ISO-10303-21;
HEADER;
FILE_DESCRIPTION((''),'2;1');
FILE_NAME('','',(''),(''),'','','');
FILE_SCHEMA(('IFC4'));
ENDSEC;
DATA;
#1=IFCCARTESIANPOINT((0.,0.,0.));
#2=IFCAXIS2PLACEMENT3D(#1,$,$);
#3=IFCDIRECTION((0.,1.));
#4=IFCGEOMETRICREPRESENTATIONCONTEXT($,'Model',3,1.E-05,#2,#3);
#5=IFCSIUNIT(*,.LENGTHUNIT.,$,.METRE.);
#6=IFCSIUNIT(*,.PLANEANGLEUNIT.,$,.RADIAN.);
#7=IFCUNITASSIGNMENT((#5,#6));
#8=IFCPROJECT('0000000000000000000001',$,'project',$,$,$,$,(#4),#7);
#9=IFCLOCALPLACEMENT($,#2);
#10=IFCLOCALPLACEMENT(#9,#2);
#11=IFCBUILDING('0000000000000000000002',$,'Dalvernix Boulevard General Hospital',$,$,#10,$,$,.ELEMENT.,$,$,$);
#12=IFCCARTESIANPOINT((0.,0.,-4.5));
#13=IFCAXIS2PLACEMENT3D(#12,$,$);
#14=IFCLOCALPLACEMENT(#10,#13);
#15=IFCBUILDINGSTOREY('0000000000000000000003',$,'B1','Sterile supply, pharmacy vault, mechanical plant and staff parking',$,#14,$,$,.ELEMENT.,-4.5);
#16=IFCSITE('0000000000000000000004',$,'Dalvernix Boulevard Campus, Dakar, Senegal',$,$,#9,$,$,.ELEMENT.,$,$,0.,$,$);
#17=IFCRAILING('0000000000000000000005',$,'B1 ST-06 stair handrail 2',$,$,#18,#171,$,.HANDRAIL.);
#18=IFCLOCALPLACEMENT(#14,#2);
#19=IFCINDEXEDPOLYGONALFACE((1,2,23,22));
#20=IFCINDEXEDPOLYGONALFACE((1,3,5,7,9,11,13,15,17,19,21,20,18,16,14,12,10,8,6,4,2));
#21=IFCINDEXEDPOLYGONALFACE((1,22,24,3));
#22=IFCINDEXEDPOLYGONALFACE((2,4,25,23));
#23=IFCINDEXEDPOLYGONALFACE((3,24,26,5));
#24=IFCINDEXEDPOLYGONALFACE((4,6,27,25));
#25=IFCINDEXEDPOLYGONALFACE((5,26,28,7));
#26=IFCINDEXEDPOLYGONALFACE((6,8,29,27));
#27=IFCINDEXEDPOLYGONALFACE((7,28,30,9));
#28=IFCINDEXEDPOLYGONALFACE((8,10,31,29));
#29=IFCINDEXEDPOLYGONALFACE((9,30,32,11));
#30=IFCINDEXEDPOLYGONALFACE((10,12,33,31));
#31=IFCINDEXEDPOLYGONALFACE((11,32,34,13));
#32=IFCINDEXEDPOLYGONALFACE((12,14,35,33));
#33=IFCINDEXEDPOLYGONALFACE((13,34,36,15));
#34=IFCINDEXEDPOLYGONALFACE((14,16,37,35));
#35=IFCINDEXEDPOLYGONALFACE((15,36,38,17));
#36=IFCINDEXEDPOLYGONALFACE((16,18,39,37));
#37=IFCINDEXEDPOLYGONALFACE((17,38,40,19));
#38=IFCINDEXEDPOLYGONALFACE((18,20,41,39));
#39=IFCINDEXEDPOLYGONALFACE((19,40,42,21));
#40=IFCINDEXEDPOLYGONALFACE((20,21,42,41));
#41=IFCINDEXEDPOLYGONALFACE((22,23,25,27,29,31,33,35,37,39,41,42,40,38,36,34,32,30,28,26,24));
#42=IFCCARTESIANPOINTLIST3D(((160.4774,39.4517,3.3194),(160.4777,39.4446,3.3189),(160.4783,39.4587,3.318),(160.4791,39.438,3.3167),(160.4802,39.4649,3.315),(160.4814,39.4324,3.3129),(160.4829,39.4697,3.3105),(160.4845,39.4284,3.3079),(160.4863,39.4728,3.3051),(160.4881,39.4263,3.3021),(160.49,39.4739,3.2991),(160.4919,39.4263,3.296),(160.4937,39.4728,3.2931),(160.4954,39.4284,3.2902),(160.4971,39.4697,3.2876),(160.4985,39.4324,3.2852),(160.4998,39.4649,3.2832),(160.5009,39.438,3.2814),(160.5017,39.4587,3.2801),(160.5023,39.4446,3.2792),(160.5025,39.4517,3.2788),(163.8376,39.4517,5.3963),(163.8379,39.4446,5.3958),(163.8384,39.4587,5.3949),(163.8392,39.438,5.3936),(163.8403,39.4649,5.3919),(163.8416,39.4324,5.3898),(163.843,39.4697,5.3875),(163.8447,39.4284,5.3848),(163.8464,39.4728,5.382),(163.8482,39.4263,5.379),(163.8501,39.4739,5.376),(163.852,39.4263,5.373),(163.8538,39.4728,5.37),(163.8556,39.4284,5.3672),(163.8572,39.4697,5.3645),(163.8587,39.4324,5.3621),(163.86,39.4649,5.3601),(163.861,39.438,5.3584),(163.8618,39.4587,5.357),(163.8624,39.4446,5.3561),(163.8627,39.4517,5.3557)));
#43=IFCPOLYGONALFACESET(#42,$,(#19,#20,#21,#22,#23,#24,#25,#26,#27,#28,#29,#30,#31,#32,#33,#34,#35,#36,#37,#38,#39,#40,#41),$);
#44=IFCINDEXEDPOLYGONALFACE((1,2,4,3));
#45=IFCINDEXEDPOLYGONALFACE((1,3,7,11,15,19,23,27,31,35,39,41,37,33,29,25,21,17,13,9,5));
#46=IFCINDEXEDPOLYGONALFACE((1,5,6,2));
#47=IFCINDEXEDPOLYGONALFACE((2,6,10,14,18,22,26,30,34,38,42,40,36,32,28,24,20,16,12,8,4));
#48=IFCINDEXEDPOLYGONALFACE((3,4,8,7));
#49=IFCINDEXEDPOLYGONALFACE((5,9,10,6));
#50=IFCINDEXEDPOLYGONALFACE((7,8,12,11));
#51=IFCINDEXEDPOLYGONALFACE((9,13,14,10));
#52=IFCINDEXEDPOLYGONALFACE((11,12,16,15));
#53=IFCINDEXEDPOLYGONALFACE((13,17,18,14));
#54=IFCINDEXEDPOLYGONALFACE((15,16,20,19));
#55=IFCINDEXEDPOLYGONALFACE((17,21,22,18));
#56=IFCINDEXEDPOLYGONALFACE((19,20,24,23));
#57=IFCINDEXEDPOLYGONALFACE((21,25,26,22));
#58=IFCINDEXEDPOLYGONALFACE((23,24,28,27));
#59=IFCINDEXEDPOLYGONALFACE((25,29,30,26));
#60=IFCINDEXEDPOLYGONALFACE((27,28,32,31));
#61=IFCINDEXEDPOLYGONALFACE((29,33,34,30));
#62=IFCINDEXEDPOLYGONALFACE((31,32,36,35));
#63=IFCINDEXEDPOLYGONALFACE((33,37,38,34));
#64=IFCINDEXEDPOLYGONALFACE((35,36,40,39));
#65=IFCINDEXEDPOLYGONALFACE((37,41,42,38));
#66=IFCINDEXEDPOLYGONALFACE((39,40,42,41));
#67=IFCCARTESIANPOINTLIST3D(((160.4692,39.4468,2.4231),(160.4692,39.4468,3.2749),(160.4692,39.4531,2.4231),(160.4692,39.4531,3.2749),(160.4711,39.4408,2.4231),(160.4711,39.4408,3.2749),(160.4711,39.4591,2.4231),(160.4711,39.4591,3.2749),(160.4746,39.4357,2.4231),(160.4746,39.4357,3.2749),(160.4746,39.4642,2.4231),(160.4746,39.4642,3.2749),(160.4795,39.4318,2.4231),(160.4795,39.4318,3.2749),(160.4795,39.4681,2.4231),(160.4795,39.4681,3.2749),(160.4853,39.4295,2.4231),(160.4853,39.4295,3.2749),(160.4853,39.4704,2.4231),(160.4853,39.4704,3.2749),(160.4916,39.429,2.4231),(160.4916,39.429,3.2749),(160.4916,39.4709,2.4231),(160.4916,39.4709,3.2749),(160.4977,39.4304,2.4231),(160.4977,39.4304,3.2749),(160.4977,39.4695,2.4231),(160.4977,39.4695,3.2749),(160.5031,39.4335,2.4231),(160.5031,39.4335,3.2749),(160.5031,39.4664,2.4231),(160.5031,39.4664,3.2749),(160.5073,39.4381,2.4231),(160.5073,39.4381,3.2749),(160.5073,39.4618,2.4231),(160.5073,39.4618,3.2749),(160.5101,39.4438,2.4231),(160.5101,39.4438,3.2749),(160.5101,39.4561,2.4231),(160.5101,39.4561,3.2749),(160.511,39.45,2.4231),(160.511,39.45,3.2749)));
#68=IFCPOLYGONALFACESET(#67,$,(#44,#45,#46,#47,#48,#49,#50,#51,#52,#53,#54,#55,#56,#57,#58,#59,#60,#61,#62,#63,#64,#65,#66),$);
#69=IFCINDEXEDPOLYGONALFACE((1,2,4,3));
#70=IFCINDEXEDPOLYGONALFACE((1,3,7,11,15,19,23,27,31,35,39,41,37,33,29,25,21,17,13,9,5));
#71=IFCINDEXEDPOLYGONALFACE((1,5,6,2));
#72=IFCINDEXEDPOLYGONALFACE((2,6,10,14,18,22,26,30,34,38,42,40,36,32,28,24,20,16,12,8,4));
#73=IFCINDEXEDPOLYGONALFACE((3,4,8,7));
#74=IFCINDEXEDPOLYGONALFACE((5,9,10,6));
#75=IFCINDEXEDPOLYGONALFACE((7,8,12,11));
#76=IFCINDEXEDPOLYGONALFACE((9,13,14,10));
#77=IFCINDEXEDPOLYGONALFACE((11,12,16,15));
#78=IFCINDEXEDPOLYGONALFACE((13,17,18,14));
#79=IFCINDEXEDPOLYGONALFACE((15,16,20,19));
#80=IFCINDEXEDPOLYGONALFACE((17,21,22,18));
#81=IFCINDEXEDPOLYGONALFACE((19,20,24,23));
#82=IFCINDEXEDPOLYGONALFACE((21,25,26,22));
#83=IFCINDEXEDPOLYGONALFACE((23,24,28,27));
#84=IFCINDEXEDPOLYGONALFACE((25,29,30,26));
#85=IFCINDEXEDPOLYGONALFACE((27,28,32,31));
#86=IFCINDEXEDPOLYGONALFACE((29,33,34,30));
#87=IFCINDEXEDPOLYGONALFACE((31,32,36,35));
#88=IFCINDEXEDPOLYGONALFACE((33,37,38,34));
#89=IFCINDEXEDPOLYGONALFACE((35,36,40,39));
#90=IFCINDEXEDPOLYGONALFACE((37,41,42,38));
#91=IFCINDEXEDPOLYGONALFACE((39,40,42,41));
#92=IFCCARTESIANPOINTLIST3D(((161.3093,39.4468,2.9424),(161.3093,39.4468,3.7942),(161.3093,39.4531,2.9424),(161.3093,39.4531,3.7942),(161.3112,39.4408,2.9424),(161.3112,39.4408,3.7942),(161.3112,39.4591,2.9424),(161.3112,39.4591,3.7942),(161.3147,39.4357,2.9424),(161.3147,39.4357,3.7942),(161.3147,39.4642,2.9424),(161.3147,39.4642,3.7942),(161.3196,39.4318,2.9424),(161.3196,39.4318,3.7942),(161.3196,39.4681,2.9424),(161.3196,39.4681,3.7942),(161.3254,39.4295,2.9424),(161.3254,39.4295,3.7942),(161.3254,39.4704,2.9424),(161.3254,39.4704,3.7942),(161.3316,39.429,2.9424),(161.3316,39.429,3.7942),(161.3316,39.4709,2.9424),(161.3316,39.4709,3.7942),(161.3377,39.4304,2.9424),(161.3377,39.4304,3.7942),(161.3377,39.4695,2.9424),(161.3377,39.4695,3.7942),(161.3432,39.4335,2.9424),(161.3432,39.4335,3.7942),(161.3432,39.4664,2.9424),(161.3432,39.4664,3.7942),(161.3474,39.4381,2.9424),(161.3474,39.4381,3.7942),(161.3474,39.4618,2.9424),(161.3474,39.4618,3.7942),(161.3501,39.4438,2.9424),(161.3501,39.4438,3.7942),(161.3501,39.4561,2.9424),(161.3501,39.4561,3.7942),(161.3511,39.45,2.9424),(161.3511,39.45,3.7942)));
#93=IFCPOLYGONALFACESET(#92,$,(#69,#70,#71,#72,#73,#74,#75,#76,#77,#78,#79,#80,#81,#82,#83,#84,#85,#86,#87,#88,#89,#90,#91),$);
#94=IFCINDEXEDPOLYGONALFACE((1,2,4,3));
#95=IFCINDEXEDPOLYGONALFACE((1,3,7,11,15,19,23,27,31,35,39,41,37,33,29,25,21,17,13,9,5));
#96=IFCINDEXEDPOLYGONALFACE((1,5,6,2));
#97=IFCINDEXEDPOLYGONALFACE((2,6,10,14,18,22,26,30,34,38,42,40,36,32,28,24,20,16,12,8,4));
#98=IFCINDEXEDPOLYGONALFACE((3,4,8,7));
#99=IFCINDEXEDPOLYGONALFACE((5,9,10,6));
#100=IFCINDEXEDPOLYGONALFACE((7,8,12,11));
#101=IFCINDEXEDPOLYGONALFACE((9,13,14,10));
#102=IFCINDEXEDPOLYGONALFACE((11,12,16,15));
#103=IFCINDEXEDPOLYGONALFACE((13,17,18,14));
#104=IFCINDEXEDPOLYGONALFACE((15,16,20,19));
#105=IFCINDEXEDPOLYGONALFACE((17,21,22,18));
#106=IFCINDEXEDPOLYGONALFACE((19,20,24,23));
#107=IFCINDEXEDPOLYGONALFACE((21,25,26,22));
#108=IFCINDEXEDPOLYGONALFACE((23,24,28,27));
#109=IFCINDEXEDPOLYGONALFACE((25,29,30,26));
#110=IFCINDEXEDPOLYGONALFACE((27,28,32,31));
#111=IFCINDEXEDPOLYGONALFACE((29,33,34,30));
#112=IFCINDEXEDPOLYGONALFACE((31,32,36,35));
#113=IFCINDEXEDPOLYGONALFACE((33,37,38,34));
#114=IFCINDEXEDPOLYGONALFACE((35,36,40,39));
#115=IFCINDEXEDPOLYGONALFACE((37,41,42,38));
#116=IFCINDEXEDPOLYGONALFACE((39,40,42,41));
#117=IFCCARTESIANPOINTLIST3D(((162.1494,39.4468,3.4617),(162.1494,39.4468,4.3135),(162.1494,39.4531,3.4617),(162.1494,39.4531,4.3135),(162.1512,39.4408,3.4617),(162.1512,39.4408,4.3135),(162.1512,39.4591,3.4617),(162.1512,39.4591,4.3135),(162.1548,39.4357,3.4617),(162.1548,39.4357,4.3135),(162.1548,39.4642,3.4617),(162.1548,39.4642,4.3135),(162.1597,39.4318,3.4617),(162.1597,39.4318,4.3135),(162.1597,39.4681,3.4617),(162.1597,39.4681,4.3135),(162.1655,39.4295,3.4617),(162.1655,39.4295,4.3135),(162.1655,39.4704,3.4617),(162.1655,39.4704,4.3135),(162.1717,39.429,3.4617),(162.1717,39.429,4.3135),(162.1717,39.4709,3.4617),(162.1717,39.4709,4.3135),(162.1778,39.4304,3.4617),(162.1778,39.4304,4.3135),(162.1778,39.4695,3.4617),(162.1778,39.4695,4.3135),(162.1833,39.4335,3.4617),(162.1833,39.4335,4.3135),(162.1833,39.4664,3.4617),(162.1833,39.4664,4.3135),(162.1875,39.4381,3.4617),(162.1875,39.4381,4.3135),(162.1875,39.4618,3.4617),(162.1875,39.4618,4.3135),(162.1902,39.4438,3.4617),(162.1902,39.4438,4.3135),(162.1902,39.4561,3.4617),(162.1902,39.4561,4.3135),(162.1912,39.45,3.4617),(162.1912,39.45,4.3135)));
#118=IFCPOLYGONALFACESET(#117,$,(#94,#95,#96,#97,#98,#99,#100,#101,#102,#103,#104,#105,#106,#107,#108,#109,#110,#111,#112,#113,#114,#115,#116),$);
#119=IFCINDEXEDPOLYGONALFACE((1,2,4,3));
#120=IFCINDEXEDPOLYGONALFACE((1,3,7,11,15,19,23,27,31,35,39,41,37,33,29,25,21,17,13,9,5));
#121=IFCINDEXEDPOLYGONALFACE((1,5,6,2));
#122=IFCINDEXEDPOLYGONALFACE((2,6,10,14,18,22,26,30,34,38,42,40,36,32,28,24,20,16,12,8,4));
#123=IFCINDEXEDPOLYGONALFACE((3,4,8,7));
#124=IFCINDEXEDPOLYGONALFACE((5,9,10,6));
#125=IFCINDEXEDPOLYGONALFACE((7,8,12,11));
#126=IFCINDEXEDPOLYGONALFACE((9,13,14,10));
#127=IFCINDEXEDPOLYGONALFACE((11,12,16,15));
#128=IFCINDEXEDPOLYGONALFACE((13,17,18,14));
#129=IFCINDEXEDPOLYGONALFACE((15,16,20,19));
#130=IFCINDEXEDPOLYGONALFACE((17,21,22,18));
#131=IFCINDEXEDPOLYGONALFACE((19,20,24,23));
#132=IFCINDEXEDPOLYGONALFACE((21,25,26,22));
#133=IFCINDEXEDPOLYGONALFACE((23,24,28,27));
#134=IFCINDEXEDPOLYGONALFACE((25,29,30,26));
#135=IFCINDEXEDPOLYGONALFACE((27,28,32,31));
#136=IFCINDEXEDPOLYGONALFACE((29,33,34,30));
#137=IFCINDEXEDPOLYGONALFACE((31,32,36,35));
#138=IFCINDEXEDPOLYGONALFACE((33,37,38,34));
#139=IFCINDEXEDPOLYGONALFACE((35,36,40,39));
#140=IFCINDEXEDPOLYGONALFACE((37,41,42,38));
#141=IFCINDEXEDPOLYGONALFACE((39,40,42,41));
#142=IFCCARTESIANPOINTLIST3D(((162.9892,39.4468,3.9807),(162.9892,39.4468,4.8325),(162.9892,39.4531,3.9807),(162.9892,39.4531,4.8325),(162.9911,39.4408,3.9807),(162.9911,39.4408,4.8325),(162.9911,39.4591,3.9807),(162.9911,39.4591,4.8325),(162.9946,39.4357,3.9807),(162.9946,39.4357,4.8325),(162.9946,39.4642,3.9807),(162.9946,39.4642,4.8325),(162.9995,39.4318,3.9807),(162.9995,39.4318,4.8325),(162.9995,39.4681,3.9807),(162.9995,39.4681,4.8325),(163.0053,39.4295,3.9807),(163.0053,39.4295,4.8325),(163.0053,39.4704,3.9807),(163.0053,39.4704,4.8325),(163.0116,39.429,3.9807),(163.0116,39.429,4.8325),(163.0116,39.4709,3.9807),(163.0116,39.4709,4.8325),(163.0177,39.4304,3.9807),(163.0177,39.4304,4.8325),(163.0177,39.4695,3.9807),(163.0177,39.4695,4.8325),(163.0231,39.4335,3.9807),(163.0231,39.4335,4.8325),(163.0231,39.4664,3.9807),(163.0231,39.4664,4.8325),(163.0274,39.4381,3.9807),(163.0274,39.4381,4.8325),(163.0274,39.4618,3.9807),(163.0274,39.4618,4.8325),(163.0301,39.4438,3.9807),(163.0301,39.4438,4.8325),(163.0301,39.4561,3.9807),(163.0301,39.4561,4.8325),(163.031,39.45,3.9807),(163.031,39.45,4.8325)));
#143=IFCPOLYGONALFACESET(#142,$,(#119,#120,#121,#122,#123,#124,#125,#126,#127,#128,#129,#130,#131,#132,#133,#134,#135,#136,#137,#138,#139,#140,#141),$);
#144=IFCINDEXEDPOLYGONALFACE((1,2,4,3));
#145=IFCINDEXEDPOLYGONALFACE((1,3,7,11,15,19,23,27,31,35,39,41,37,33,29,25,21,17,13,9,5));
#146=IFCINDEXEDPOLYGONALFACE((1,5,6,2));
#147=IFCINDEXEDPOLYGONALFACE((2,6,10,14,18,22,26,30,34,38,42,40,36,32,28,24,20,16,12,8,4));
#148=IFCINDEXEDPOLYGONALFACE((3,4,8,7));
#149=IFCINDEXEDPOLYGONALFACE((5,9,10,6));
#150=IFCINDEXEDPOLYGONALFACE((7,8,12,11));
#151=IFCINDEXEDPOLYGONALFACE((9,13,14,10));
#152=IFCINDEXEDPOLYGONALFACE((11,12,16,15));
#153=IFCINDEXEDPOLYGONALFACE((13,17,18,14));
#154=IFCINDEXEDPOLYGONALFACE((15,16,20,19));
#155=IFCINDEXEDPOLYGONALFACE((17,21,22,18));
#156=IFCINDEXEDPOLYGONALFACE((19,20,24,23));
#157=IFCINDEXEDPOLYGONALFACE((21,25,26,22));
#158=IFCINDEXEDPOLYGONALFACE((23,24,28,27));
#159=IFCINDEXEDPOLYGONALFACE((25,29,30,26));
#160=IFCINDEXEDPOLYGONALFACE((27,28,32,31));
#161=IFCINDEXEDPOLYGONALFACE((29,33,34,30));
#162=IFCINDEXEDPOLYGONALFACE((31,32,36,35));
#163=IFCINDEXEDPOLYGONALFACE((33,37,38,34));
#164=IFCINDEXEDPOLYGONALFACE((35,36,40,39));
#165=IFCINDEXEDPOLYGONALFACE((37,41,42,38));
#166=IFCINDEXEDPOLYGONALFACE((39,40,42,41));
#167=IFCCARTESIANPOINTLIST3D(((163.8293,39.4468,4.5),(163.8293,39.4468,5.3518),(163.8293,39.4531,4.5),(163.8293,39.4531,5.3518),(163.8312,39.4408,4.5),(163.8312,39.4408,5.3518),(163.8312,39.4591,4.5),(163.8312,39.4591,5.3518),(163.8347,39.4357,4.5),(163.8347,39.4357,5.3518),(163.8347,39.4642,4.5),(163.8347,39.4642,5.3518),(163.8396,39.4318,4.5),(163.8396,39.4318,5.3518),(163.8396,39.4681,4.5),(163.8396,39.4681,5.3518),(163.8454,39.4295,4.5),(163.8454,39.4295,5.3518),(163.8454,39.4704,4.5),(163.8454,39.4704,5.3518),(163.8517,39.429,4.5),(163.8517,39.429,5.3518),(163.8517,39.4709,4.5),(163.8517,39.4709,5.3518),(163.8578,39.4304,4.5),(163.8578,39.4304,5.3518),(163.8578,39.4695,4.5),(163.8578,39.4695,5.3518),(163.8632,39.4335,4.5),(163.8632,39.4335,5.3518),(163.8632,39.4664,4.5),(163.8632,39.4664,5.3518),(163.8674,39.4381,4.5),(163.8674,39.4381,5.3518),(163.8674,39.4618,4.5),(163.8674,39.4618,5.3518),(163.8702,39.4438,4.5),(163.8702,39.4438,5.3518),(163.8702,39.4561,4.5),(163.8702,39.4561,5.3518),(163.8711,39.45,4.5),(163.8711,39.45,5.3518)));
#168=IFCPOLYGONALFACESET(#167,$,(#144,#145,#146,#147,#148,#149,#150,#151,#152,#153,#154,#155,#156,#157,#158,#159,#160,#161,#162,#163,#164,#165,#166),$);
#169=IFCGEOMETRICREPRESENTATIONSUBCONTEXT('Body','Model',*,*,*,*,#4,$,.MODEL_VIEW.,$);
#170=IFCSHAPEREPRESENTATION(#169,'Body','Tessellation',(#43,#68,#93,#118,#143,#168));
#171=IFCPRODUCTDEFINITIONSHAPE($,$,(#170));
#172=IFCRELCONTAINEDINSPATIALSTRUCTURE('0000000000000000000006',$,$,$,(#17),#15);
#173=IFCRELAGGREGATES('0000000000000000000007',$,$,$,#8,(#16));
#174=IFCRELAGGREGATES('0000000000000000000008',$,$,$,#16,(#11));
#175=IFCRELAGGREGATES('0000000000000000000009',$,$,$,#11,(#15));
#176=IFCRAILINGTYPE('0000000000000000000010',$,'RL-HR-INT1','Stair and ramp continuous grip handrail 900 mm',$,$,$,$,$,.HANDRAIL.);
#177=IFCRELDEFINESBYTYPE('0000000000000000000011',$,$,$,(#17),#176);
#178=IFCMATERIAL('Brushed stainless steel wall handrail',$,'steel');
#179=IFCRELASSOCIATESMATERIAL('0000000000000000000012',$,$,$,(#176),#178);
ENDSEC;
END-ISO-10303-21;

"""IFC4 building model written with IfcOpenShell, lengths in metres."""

from ifc_helpers import new_model, si_unit, direction, frame, origin, origin_2d, place, context, subcontext, project, spatial, circle, extrude, material, type_object, element, save


model = new_model("IFC4")

# Units and contexts
model_context = context("Model", 3, precision=1e-05, world=origin(), true_north=direction((0.0, 1.0)))
body_context = subcontext(model_context, "Body", "Model", "MODEL_VIEW")
ifc_project = project(units=[si_unit("LENGTHUNIT", "METRE"), si_unit("PLANEANGLEUNIT", "RADIAN")], contexts=[model_context])

# Site, building, storey
site_placement = place(None, origin())
site = spatial("IfcSite", under=ifc_project, at=site_placement, Name="Dalvernix Boulevard Campus, Dakar, Senegal", CompositionType="ELEMENT", RefElevation=0.0)
building_placement = place(site_placement, origin())
building = spatial("IfcBuilding", under=site, at=building_placement, Name="Dalvernix Boulevard General Hospital", CompositionType="ELEMENT")
storey_placement = place(building_placement, frame((0.0, 0.0, -4.5)))
storey = spatial("IfcBuildingStorey", under=building, at=storey_placement, Name="B1", Description="Sterile supply, pharmacy vault, mechanical plant and staff parking", CompositionType="ELEMENT", Elevation=-4.5)

# Railing
ifc_material_1 = material(Name="Brushed stainless steel wall handrail", Category="steel")
railing_type = type_object("IfcRailingType", Name="RL-HR-INT1", Description="Stair and ramp continuous grip handrail 900 mm", PredefinedType="HANDRAIL", material=ifc_material_1)
railing_placement = place(storey_placement, frame((160.49, 39.45, 2.4231)))
element("IfcRailing", 1, at=railing_placement, inside=storey, type_object=railing_type, Name="B1 ST-06 stair handrail 2", PredefinedType="HANDRAIL", context=body_context, shape_type="SweptSolid", body=[
    extrude(circle(Radius=0.0239, at=origin_2d()), frame((0.0, 0.0, 0.876), z_axis=(0.850623, 0.0, 0.525776), x_axis=(0.0, 1.0, 0.0)), (0.0, 0.0, 1.0), 3.9502),
    extrude(circle(Radius=0.021, at=origin_2d()), origin(), (0.0, 0.0, 1.0), 0.8518),
    extrude(circle(Radius=0.021, at=origin_2d()), frame((0.8401, 0.0, 0.5193)), (0.0, 0.0, 1.0), 0.8518),
    extrude(circle(Radius=0.021, at=origin_2d()), frame((1.6802, 0.0, 1.0386)), (0.0, 0.0, 1.0), 0.8518),
    extrude(circle(Radius=0.021, at=origin_2d()), frame((2.52, 0.0, 1.5576)), (0.0, 0.0, 1.0), 0.8518),
    extrude(circle(Radius=0.021, at=origin_2d()), frame((3.3601, 0.0, 2.0769)), (0.0, 0.0, 1.0), 0.8518),
])

save(model, "model.ifc")
